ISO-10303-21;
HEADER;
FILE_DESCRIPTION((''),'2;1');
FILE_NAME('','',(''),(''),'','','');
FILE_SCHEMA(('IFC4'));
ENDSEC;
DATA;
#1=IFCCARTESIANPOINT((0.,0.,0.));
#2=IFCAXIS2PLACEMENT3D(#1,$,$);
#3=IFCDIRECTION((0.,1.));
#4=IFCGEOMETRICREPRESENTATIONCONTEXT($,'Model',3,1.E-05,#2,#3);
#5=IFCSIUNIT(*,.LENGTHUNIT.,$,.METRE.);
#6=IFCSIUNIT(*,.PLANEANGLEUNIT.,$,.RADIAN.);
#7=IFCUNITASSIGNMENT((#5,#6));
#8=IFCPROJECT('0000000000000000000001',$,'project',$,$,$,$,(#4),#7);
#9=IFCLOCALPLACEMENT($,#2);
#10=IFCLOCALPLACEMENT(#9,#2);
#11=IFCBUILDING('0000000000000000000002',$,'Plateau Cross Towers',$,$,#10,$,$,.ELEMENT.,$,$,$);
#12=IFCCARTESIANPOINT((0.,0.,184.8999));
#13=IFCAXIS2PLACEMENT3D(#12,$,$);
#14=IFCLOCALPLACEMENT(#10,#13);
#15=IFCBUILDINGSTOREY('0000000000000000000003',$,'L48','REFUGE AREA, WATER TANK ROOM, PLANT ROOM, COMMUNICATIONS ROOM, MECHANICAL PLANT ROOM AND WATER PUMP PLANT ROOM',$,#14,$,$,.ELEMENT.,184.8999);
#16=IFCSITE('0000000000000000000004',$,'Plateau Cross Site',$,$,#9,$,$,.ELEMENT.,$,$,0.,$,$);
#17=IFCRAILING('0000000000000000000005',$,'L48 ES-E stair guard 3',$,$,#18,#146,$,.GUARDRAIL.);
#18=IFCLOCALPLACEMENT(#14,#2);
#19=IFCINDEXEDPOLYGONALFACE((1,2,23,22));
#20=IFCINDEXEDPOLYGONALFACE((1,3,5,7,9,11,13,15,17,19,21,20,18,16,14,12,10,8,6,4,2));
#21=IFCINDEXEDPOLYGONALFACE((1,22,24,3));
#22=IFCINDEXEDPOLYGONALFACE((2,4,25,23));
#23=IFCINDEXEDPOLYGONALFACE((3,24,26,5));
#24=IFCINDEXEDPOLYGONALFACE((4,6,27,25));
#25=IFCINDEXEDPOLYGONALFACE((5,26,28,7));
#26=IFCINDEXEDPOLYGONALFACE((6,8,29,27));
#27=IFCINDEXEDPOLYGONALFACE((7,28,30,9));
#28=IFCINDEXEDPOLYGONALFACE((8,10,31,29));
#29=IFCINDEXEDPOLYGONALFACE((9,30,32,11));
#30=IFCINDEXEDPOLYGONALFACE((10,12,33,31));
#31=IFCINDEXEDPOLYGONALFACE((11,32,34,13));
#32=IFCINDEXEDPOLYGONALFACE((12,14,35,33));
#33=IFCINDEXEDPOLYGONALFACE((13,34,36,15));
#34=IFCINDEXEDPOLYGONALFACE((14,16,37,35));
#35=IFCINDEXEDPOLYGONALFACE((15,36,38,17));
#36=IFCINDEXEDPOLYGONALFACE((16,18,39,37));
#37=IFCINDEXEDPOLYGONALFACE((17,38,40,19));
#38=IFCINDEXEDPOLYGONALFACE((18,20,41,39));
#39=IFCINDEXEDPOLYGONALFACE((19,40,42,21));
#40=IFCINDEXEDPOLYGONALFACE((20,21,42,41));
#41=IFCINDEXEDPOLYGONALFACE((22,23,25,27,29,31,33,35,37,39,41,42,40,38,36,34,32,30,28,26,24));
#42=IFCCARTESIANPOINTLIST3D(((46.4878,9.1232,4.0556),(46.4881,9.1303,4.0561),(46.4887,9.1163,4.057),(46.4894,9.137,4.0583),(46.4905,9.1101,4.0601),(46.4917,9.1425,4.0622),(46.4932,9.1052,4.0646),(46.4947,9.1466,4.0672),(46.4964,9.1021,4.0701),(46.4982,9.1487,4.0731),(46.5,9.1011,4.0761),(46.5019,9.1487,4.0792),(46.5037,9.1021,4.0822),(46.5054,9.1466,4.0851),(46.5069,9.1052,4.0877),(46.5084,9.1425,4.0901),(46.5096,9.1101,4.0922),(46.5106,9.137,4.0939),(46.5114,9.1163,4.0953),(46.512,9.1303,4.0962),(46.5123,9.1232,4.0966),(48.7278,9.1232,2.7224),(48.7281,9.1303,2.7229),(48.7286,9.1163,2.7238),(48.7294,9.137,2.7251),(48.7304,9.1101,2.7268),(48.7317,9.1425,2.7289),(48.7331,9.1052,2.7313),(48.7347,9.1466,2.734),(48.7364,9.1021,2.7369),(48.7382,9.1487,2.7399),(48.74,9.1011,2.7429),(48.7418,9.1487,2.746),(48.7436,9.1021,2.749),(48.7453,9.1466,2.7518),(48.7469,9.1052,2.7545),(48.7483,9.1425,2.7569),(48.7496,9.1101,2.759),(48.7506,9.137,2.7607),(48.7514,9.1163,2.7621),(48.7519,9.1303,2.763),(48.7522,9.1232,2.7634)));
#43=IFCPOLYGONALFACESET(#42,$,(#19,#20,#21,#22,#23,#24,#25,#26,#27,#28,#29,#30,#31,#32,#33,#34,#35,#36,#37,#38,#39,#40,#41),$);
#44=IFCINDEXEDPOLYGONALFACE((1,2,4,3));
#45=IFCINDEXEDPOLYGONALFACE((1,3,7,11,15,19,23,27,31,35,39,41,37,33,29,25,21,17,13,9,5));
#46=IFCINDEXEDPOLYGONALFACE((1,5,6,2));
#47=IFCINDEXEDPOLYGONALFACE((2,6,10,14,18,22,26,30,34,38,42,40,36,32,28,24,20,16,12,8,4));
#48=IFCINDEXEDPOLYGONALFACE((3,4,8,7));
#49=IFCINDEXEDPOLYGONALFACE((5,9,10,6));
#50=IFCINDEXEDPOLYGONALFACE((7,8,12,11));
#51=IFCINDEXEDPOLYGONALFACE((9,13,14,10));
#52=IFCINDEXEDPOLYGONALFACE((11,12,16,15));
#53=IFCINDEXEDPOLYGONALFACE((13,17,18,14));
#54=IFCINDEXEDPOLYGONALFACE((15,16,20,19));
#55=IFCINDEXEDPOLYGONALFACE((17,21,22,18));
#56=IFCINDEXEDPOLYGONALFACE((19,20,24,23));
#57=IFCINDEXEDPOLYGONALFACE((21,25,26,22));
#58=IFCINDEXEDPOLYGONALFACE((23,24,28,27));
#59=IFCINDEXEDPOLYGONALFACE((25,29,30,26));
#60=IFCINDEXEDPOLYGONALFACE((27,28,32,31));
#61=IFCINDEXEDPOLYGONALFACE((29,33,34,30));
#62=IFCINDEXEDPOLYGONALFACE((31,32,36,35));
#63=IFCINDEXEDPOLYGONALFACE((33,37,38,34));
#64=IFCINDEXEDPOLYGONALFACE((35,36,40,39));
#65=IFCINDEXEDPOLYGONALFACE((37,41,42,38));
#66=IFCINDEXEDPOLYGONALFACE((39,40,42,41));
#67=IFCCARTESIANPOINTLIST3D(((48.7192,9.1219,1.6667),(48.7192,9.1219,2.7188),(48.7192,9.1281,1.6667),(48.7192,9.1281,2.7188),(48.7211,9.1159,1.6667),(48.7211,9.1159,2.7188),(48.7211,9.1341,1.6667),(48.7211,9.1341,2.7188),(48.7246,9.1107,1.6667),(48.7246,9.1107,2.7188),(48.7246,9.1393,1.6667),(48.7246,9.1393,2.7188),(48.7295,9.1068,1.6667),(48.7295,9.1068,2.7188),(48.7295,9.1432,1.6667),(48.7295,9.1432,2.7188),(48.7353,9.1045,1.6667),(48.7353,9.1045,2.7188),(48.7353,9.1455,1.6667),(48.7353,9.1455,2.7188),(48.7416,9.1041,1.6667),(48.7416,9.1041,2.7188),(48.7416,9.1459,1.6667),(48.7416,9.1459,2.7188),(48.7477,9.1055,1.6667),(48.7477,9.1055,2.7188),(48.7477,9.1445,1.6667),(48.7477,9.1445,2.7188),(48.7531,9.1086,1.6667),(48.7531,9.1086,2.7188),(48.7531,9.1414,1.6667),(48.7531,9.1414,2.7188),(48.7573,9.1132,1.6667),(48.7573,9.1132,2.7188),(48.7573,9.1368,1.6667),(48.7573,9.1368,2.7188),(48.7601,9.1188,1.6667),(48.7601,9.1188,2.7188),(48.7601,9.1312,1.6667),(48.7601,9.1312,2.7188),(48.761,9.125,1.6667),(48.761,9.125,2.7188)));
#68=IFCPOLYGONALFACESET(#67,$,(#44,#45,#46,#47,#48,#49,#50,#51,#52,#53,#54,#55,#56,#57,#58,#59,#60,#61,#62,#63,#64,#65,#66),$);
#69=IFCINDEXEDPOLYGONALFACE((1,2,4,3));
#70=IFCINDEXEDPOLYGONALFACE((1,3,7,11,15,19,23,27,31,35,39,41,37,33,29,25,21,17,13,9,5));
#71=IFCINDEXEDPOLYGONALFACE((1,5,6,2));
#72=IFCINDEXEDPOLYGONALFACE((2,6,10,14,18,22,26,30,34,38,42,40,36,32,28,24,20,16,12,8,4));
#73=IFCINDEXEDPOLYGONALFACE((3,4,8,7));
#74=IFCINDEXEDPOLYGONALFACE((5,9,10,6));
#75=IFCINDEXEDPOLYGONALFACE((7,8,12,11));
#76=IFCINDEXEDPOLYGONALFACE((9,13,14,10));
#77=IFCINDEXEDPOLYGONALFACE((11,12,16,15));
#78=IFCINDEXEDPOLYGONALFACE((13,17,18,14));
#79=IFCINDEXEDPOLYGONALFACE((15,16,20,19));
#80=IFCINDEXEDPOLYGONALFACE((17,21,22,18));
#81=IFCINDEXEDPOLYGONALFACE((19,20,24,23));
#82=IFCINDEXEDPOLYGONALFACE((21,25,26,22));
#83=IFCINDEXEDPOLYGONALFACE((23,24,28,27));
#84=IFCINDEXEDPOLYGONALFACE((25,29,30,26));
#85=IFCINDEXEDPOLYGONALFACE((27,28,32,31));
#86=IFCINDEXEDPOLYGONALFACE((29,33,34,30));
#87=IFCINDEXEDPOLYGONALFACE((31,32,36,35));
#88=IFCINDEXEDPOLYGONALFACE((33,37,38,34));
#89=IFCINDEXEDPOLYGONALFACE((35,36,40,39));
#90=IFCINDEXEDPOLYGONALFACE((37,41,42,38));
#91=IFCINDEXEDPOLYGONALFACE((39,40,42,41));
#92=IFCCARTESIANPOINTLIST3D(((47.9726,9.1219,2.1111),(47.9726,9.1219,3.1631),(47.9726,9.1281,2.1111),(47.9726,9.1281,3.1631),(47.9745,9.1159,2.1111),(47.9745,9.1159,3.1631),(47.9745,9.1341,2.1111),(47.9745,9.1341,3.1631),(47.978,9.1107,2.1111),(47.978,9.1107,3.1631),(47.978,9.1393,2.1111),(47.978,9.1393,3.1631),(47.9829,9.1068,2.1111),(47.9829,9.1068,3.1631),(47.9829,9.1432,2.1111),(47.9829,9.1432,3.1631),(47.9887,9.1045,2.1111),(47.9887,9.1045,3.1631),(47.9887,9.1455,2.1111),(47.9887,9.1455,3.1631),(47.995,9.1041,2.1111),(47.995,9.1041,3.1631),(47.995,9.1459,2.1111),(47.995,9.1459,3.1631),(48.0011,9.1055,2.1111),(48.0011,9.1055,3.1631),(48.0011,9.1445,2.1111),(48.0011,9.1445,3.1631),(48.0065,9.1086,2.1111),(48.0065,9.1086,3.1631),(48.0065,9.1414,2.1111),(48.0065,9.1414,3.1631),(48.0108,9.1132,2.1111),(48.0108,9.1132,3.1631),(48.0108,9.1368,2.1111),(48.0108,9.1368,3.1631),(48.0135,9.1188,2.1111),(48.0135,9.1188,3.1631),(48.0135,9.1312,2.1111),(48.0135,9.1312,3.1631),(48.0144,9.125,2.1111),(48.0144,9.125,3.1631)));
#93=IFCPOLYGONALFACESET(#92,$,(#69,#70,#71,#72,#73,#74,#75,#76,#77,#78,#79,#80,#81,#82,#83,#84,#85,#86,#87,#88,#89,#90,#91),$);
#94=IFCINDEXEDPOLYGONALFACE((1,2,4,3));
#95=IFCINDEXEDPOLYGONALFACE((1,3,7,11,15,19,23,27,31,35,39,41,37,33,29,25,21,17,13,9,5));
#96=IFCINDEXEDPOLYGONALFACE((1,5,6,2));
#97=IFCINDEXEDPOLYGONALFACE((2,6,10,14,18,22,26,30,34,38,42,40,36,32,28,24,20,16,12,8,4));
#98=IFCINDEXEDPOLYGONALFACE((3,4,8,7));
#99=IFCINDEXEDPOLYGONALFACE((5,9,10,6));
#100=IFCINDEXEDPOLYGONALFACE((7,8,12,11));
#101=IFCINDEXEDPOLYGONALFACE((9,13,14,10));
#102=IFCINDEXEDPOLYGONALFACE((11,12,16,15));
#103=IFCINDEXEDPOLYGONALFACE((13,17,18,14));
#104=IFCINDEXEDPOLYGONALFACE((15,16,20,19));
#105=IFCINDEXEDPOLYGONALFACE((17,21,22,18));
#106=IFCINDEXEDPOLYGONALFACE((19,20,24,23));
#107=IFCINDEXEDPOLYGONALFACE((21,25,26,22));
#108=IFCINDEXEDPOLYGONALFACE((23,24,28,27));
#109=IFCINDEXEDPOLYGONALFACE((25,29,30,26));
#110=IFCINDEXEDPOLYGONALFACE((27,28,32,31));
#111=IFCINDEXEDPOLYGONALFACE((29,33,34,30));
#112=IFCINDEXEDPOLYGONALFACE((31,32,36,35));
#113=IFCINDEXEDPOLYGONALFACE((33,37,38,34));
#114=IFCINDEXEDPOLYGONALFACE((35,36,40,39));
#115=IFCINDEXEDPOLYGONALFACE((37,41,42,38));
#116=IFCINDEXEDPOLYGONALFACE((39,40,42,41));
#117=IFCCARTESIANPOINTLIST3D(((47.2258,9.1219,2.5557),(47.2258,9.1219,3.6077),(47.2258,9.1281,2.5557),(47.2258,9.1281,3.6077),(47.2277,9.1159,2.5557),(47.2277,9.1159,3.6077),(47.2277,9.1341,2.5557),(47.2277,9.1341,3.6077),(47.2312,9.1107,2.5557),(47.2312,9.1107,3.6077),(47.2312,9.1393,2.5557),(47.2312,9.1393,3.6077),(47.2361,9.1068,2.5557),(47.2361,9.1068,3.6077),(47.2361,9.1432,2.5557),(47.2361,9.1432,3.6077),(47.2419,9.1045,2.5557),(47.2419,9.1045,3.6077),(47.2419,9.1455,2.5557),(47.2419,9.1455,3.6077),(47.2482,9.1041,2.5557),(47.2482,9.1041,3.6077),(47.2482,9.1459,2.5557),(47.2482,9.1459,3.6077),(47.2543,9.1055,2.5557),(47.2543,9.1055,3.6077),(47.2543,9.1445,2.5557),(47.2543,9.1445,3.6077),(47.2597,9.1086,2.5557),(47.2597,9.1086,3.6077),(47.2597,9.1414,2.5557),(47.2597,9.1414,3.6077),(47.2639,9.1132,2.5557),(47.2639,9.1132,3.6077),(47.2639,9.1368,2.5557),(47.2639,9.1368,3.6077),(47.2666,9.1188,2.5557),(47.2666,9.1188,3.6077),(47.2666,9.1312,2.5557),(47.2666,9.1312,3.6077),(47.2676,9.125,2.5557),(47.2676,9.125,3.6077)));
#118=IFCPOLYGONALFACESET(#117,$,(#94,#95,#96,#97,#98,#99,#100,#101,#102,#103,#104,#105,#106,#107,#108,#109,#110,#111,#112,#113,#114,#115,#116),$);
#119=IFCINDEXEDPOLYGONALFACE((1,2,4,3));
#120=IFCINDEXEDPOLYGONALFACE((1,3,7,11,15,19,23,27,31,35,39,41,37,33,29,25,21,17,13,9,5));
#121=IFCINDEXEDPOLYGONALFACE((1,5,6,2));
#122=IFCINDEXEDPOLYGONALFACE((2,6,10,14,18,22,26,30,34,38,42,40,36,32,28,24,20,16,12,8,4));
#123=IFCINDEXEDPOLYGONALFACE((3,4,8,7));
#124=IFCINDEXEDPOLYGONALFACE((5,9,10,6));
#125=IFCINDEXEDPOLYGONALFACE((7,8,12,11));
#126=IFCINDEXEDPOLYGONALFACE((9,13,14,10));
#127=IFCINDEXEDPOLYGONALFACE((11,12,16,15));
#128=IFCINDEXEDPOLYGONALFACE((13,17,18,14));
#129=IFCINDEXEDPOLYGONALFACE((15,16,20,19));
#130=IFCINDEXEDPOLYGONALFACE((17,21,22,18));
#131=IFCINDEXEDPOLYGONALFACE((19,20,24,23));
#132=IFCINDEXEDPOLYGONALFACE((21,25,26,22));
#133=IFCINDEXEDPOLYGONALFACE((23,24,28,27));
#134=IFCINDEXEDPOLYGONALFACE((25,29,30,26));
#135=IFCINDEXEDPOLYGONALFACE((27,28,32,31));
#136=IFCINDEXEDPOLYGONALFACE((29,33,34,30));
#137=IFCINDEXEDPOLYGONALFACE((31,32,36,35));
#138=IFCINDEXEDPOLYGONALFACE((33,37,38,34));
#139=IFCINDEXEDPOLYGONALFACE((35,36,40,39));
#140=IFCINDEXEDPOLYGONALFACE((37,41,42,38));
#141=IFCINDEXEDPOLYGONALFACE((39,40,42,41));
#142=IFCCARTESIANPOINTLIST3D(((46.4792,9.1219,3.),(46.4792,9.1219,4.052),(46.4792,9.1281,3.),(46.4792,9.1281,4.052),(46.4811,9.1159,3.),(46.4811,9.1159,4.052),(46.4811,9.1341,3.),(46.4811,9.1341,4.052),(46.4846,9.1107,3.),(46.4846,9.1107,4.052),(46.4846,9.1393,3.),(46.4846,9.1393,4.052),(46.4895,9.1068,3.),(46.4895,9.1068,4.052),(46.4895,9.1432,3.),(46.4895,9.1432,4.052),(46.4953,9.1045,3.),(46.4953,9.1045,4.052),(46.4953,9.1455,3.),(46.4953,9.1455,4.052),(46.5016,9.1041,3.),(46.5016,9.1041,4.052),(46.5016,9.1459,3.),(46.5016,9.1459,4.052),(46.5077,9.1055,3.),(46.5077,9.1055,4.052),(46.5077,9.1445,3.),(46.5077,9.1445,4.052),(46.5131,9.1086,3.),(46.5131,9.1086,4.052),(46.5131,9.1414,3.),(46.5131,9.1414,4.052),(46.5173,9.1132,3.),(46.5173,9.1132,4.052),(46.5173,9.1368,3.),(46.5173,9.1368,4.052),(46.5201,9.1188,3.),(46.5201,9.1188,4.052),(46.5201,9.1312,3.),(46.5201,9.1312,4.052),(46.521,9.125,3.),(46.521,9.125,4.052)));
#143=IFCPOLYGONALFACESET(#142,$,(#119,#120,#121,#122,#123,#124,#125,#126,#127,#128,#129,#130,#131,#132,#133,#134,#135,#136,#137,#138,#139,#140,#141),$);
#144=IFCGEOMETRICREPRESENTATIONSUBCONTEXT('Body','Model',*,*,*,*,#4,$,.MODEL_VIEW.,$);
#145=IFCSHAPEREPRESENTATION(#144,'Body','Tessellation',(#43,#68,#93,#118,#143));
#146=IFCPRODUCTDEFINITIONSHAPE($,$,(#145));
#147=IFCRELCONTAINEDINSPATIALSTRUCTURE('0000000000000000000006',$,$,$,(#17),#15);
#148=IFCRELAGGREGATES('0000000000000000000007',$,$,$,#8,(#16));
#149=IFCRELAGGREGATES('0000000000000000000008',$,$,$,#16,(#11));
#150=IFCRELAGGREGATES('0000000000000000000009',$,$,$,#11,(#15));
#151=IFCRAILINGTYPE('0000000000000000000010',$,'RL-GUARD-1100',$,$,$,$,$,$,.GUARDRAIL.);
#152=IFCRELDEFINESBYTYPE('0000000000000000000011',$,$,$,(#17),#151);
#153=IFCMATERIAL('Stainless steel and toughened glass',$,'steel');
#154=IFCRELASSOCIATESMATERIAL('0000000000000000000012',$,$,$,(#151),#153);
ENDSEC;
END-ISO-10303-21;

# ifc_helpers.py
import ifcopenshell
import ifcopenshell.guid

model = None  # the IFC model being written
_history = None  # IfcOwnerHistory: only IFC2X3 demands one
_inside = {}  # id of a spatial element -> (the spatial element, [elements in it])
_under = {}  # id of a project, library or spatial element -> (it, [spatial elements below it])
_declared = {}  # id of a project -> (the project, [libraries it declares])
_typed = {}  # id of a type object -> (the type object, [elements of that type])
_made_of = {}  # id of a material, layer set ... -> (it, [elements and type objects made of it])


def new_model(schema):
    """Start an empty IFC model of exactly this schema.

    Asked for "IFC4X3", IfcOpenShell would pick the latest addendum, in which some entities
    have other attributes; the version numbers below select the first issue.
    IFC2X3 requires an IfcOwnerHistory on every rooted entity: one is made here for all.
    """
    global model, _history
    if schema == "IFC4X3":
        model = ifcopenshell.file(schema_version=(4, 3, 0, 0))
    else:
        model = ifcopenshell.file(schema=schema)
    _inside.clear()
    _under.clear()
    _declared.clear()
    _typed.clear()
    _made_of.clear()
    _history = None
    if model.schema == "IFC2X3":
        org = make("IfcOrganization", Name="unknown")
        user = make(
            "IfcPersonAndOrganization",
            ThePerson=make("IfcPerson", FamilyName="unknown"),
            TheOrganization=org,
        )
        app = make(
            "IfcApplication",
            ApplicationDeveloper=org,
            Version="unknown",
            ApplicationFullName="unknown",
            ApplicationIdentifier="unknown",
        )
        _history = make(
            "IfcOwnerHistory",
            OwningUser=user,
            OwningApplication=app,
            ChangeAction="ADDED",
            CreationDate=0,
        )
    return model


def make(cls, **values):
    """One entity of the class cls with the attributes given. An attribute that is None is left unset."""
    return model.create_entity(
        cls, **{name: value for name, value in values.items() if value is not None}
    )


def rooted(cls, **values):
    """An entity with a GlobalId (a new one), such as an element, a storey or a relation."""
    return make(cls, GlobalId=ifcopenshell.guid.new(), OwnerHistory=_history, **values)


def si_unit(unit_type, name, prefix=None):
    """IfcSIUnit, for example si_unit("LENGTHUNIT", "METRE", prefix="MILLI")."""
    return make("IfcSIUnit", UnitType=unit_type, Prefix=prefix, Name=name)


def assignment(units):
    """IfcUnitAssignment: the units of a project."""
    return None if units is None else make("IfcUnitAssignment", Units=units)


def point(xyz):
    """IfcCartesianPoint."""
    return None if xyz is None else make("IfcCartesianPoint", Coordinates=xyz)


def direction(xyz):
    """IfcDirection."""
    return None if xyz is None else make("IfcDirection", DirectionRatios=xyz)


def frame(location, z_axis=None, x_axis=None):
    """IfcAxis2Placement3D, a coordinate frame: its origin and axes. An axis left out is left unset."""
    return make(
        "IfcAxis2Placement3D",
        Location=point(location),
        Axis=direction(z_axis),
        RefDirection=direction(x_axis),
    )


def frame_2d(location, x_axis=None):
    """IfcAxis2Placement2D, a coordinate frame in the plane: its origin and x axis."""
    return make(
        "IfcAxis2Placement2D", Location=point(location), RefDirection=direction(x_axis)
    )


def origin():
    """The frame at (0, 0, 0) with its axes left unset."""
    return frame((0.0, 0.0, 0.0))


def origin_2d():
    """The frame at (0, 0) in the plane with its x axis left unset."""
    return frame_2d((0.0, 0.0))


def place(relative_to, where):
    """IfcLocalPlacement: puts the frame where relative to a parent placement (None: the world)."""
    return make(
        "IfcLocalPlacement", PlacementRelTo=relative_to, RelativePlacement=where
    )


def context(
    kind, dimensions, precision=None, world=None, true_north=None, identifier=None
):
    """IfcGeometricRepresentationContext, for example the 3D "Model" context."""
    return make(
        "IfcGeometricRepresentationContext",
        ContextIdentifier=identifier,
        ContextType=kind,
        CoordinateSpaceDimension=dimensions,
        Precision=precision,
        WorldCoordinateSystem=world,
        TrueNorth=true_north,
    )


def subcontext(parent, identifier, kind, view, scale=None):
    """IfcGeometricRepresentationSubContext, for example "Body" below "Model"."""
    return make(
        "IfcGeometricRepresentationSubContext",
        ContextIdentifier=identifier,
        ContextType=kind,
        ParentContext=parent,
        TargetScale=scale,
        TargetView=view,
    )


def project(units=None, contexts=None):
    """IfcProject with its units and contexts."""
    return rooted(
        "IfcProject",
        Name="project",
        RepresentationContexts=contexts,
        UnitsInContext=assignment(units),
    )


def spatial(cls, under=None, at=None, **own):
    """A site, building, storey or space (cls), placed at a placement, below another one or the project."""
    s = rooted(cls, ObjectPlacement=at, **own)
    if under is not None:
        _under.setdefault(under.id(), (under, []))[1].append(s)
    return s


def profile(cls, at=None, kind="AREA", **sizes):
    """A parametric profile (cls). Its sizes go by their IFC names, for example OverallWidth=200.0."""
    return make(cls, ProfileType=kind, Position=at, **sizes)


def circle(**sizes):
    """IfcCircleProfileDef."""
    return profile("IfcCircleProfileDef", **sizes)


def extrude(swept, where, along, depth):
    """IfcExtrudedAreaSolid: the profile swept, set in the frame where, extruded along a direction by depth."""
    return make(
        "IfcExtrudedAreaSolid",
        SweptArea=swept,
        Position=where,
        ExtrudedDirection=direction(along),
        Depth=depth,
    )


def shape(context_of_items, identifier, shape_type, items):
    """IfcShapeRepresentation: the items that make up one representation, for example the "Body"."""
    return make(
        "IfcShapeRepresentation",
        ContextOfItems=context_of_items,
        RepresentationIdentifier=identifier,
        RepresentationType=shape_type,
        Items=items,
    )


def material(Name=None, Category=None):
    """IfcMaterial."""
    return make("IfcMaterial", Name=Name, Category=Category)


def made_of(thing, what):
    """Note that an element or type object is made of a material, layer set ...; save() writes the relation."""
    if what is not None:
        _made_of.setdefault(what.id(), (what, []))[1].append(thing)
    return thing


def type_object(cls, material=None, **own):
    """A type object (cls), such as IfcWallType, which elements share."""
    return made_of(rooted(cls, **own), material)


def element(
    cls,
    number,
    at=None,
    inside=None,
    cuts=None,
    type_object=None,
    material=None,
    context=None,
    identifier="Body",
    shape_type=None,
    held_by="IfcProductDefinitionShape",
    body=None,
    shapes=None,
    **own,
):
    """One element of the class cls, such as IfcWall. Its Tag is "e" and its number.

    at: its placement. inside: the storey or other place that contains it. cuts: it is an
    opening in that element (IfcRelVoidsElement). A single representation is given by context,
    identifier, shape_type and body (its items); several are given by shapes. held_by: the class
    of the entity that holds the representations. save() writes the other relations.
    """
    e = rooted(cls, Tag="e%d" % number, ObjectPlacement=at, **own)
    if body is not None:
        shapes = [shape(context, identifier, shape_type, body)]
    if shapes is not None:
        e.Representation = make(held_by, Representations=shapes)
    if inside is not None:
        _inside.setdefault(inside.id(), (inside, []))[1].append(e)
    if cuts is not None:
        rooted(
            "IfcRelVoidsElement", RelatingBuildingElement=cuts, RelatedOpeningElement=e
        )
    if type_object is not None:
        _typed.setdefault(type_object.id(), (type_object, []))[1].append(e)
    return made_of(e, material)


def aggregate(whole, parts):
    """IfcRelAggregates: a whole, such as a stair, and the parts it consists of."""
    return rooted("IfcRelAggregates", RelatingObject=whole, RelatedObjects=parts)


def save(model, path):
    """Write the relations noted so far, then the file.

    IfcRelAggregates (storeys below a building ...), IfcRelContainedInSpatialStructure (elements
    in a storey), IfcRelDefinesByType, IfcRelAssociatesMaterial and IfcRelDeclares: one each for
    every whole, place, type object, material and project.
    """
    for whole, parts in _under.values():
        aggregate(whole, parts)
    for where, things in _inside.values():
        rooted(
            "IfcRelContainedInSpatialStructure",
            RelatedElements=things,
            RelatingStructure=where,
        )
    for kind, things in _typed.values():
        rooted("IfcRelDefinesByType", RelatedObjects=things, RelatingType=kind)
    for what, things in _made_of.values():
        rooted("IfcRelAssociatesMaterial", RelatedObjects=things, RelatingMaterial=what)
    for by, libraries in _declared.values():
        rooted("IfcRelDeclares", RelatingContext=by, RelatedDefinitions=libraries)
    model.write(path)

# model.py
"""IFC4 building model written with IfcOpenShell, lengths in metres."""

from ifc_helpers import new_model, si_unit, direction, frame, origin, origin_2d, place, context, subcontext, project, spatial, circle, extrude, material, type_object, element, save


model = new_model("IFC4")

# Units and contexts
model_context = context("Model", 3, precision=1e-05, world=origin(), true_north=direction((0.0, 1.0)))
body_context = subcontext(model_context, "Body", "Model", "MODEL_VIEW")
ifc_project = project(units=[si_unit("LENGTHUNIT", "METRE"), si_unit("PLANEANGLEUNIT", "RADIAN")], contexts=[model_context])

# Site, building, storey
site_placement = place(None, origin())
site = spatial("IfcSite", under=ifc_project, at=site_placement, Name="Plateau Cross Site", CompositionType="ELEMENT", RefElevation=0.0)
building_placement = place(site_placement, origin())
building = spatial("IfcBuilding", under=site, at=building_placement, Name="Plateau Cross Towers", CompositionType="ELEMENT")
storey_placement = place(building_placement, frame((0.0, 0.0, 184.8999)))
storey = spatial("IfcBuildingStorey", under=building, at=storey_placement, Name="L48", Description="REFUGE AREA, WATER TANK ROOM, PLANT ROOM, COMMUNICATIONS ROOM, MECHANICAL PLANT ROOM AND WATER PUMP PLANT ROOM", CompositionType="ELEMENT", Elevation=184.8999)

# Railing
ifc_material_1 = material(Name="Stainless steel and toughened glass", Category="steel")
railing_type_1 = type_object("IfcRailingType", Name="RL-GUARD-1100", PredefinedType="GUARDRAIL", material=ifc_material_1)
railing_1_placement = place(storey_placement, frame((48.74, 9.125, 1.6667)))
element("IfcRailing", 1, at=railing_1_placement, inside=storey, type_object=railing_type_1, Name="L48 ES-E stair guard 3", PredefinedType="GUARDRAIL", context=body_context, shape_type="SweptSolid", body=[
    extrude(circle(Radius=0.0239, at=origin_2d()), frame((0.0, 0.0, 1.0762), z_axis=(-0.859306, 0.0, 0.511462), x_axis=(0.0, -1.0, 0.0)), (0.0, 0.0, 1.0), 2.6067),
    extrude(circle(Radius=0.021, at=origin_2d()), origin(), (0.0, 0.0, 1.0), 1.052),
    extrude(circle(Radius=0.021, at=origin_2d()), frame((-0.7466, 0.0, 0.4443)), (0.0, 0.0, 1.0), 1.052),
    extrude(circle(Radius=0.021, at=origin_2d()), frame((-1.4934, 0.0, 0.8889)), (0.0, 0.0, 1.0), 1.052),
    extrude(circle(Radius=0.021, at=origin_2d()), frame((-2.24, 0.0, 1.3333)), (0.0, 0.0, 1.0), 1.052),
])

save(model, "model.ifc")
